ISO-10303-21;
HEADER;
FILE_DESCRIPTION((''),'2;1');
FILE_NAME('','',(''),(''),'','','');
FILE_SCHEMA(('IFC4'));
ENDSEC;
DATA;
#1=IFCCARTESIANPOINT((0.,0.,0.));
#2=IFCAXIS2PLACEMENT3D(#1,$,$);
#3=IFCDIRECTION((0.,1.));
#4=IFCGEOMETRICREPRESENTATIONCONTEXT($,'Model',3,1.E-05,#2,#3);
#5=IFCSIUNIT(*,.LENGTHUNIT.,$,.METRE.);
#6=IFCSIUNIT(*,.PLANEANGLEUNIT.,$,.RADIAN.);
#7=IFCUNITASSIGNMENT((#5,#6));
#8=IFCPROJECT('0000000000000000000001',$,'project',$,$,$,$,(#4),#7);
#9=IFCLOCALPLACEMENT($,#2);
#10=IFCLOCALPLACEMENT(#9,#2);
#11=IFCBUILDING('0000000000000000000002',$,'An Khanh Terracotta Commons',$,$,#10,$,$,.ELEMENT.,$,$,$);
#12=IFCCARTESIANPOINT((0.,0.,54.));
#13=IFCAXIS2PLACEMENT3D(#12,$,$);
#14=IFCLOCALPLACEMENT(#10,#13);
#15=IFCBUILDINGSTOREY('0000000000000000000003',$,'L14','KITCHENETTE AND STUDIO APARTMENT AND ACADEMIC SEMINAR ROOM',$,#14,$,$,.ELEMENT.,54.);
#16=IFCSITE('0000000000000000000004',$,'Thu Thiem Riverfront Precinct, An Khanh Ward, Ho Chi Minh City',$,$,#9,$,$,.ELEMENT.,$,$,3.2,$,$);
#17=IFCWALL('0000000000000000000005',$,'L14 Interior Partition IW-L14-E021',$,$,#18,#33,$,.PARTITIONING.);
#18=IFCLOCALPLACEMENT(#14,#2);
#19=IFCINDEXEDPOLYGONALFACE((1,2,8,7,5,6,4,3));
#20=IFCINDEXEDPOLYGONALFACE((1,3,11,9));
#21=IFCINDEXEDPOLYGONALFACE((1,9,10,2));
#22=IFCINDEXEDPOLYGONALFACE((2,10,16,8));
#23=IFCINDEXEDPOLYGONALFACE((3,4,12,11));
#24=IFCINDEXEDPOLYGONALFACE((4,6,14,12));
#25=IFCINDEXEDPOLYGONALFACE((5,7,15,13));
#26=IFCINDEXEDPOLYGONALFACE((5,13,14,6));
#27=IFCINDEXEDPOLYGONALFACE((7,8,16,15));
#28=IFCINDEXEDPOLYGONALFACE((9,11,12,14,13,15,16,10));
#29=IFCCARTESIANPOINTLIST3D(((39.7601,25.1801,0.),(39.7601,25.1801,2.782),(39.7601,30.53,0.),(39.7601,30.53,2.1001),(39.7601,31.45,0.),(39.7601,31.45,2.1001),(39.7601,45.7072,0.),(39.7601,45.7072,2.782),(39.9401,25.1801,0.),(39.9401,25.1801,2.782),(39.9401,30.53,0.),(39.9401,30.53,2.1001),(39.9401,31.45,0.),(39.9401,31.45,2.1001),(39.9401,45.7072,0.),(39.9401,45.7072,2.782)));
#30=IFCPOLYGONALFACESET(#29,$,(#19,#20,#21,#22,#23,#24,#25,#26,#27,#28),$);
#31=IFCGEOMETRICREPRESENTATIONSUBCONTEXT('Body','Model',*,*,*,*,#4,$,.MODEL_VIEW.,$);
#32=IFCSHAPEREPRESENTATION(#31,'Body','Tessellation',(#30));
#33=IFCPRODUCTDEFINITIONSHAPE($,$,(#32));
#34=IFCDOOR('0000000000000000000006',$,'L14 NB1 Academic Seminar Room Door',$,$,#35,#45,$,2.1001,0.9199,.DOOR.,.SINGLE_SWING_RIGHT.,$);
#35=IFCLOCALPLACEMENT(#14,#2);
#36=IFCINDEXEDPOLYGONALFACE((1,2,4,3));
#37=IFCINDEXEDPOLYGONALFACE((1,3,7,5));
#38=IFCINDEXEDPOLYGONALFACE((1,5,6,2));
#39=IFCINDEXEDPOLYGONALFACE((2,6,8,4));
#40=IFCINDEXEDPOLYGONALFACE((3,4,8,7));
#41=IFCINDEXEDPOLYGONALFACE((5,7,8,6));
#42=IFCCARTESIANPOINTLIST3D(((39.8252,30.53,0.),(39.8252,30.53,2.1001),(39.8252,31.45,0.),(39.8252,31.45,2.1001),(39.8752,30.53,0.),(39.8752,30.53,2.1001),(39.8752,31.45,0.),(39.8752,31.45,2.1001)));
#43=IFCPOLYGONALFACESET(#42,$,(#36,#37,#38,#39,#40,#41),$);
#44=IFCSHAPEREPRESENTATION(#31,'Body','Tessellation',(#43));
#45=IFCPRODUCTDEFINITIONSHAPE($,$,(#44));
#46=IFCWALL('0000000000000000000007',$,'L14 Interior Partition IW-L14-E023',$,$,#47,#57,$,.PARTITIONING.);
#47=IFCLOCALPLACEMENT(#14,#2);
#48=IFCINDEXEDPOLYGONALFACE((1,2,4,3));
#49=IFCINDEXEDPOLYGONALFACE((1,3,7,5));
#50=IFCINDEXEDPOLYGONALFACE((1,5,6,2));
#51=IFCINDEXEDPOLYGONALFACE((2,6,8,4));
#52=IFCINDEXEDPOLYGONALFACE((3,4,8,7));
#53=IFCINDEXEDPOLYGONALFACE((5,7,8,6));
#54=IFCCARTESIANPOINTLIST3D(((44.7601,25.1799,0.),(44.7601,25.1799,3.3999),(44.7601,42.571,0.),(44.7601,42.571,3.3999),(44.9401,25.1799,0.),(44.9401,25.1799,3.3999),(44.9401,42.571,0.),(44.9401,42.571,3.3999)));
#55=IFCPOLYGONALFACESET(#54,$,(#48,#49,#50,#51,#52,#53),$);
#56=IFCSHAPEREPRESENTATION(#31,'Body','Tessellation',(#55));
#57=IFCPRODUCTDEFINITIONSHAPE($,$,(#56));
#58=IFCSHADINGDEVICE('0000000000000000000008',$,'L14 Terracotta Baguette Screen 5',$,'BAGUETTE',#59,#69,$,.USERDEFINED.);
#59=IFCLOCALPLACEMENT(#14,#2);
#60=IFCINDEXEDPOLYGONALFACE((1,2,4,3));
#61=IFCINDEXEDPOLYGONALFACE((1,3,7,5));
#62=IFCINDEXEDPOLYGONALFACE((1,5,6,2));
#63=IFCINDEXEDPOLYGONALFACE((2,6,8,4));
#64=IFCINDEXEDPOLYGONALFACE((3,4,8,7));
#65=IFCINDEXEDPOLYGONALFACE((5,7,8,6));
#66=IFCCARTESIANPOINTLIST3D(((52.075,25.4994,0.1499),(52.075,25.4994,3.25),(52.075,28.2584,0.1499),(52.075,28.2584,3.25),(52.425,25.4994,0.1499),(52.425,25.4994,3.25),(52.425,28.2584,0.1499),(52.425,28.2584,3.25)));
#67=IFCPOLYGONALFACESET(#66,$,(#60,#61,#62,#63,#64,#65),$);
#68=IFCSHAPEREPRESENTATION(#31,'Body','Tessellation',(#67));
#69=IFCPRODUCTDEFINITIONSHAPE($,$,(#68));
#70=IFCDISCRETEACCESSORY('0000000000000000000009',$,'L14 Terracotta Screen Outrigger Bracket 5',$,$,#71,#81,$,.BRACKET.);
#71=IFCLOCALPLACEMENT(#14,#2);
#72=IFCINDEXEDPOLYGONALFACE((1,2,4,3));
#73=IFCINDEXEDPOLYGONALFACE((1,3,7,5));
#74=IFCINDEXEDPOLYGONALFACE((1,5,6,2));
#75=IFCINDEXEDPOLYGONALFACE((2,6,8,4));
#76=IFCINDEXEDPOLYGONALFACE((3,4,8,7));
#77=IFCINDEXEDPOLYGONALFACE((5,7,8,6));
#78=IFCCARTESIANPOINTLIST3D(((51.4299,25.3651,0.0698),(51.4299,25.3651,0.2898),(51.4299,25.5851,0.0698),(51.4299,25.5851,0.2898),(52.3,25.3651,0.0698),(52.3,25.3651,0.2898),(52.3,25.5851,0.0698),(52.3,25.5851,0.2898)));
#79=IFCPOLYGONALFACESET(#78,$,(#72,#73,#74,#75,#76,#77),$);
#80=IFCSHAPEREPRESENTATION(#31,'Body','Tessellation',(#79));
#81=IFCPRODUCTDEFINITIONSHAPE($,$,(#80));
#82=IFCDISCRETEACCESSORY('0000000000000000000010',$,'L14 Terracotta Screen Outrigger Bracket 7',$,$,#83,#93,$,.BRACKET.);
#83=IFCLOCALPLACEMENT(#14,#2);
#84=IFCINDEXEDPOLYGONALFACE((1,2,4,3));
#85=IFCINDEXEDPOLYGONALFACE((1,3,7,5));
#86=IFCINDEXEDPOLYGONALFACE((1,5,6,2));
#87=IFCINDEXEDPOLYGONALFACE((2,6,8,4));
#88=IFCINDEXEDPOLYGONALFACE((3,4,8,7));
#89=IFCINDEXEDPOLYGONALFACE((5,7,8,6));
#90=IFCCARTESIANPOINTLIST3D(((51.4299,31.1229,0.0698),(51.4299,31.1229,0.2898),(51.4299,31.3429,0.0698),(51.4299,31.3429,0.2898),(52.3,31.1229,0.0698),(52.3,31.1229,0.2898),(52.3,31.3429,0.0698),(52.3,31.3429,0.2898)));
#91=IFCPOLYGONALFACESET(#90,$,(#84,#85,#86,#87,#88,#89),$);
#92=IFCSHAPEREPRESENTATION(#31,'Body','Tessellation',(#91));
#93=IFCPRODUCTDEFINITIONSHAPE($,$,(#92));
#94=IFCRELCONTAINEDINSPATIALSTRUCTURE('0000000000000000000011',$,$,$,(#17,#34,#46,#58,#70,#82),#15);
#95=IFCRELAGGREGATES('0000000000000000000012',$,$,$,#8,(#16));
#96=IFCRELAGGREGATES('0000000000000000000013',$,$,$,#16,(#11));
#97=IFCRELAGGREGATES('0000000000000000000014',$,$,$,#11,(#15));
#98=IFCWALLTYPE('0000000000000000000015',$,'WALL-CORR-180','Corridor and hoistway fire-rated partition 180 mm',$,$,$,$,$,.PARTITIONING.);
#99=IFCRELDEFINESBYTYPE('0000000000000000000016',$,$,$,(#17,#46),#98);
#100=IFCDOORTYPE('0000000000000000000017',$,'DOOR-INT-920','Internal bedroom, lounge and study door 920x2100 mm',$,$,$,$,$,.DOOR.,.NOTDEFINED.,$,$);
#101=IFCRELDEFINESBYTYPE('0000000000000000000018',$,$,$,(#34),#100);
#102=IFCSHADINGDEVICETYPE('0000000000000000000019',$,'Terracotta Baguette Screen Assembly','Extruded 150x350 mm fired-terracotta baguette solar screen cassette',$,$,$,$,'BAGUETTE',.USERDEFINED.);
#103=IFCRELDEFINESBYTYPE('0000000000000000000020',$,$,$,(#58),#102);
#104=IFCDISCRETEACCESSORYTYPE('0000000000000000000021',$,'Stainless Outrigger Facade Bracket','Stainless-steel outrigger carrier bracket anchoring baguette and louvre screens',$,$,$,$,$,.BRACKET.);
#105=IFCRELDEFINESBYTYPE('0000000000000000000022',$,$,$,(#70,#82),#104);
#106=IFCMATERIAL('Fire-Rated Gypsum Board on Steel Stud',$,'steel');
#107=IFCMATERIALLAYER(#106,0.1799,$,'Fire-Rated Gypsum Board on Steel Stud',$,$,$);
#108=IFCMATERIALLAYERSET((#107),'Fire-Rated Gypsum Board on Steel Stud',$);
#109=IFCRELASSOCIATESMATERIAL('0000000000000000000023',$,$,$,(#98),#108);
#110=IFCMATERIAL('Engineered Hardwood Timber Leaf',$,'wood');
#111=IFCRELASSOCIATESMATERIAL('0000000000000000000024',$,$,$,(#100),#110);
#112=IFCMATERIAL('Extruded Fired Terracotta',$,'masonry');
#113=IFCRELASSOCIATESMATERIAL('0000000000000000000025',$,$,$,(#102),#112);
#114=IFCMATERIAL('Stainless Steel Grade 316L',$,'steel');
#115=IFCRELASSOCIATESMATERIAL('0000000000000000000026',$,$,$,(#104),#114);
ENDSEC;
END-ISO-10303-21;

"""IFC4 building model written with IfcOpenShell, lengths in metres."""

from ifc_helpers import new_model, si_unit, direction, frame, frame_2d, origin, origin_2d, place, context, subcontext, project, spatial, rectangle, extrude, material, layer, layer_set, type_object, element, fill, save


model = new_model("IFC4")

# Units and contexts
model_context = context("Model", 3, precision=1e-05, world=origin(), true_north=direction((0.0, 1.0)))
body_context = subcontext(model_context, "Body", "Model", "MODEL_VIEW")
ifc_project = project(units=[si_unit("LENGTHUNIT", "METRE"), si_unit("PLANEANGLEUNIT", "RADIAN")], contexts=[model_context])

# Site, building, storey
site_placement = place(None, origin())
site = spatial("IfcSite", under=ifc_project, at=site_placement, Name="Thu Thiem Riverfront Precinct, An Khanh Ward, Ho Chi Minh City", CompositionType="ELEMENT", RefElevation=3.2)
building_placement = place(site_placement, origin())
building = spatial("IfcBuilding", under=site, at=building_placement, Name="An Khanh Terracotta Commons", CompositionType="ELEMENT")
storey_placement = place(building_placement, frame((0.0, 0.0, 54.0)))
storey = spatial("IfcBuildingStorey", under=building, at=storey_placement, Name="L14", Description="KITCHENETTE AND STUDIO APARTMENT AND ACADEMIC SEMINAR ROOM", CompositionType="ELEMENT", Elevation=54.0)

# Shared definitions
ifc_material_1 = material(Name="Fire-Rated Gypsum Board on Steel Stud", Category="steel")
ifc_layer_1 = layer(ifc_material_1, 0.1799, Name="Fire-Rated Gypsum Board on Steel Stud")
ifc_layer_set_1 = layer_set([ifc_layer_1], Name="Fire-Rated Gypsum Board on Steel Stud")
wall_type = type_object("IfcWallType", Name="WALL-CORR-180", Description="Corridor and hoistway fire-rated partition 180 mm", PredefinedType="PARTITIONING", material=ifc_layer_set_1)

# Wall, opening, door
ifc_material_2 = material(Name="Engineered Hardwood Timber Leaf", Category="wood")
door_type = type_object("IfcDoorType", Name="DOOR-INT-920", Description="Internal bedroom, lounge and study door 920x2100 mm", OperationType="NOTDEFINED", PredefinedType="DOOR", material=ifc_material_2)
wall_1_placement = place(storey_placement, frame((39.8501, 25.1799, 0.0), z_axis=(0.0, 0.0, 1.0), x_axis=(0.0, 1.0, 0.0)))
wall_1 = element("IfcWall", 1, at=wall_1_placement, inside=storey, type_object=wall_type, Name="L14 Interior Partition IW-L14-E021", PredefinedType="PARTITIONING", context=body_context, shape_type="SweptSolid", body=[
    extrude(rectangle(XDim=20.5271, YDim=0.1799, at=frame_2d((10.2637, 0.0))), origin(), (0.0, 0.0, 1.0), 2.782),
])
opening_1_placement = place(wall_1_placement, frame((5.3501, 0.0, 0.0)))
opening_1 = element("IfcOpeningElement", 2, at=opening_1_placement, cuts=wall_1, PredefinedType="OPENING", context=body_context, shape_type="SweptSolid", body=[
    extrude(rectangle(XDim=0.9199, YDim=2.1001, at=frame_2d((0.46, 1.05))), frame((0.0, 0.0999, 0.0), z_axis=(0.0, -1.0, 0.0), x_axis=(1.0, 0.0, 0.0)), (0.0, 0.0, 1.0), 0.2),
])
door_1_placement = place(opening_1_placement, origin())
door_1 = element("IfcDoor", 3, at=door_1_placement, inside=storey, type_object=door_type, Name="L14 NB1 Academic Seminar Room Door", OperationType="SINGLE_SWING_RIGHT", OverallHeight=2.1001, OverallWidth=0.9199, PredefinedType="DOOR", context=body_context, shape_type="SweptSolid", body=[
    extrude(rectangle(XDim=0.9199, YDim=2.1001, at=frame_2d((0.46, 1.05))), frame((0.0, 0.0249, 0.0), z_axis=(0.0, -1.0, 0.0), x_axis=(1.0, 0.0, 0.0)), (0.0, 0.0, 1.0), 0.05),
])
fill(opening_1, door_1)

# Wall
wall_2_placement = place(storey_placement, frame((44.8501, 25.1799, 0.0), z_axis=(0.0, 0.0, 1.0), x_axis=(0.0, 1.0, 0.0)))
element("IfcWall", 4, at=wall_2_placement, inside=storey, type_object=wall_type, Name="L14 Interior Partition IW-L14-E023", PredefinedType="PARTITIONING", context=body_context, shape_type="SweptSolid", body=[
    extrude(rectangle(XDim=17.3911, YDim=0.1799, at=frame_2d((8.6956, 0.0))), origin(), (0.0, 0.0, 1.0), 3.3999),
])

# Shading device
ifc_material_3 = material(Name="Extruded Fired Terracotta", Category="masonry")
shading_device_type = type_object("IfcShadingDeviceType", Name="Terracotta Baguette Screen Assembly", Description="Extruded 150x350 mm fired-terracotta baguette solar screen cassette", ElementType="BAGUETTE", PredefinedType="USERDEFINED", material=ifc_material_3)
shading_device_placement = place(storey_placement, frame((52.25, 26.8789, 0.1499), z_axis=(0.0, 0.0, 1.0), x_axis=(0.0, 1.0, 0.0)))
element("IfcShadingDevice", 5, at=shading_device_placement, inside=storey, type_object=shading_device_type, Name="L14 Terracotta Baguette Screen 5", ObjectType="BAGUETTE", PredefinedType="USERDEFINED", context=body_context, shape_type="SweptSolid", body=[
    extrude(rectangle(XDim=2.759, YDim=0.3501, at=origin_2d()), origin(), (0.0, 0.0, 1.0), 3.1001),
])

# Discrete accessories
ifc_material_4 = material(Name="Stainless Steel Grade 316L", Category="steel")
discrete_accessory_type = type_object("IfcDiscreteAccessoryType", Name="Stainless Outrigger Facade Bracket", Description="Stainless-steel outrigger carrier bracket anchoring baguette and louvre screens", PredefinedType="BRACKET", material=ifc_material_4)
for number, where, z_axis, x_axis, name in (
    (6, (51.865, 25.4751, 0.0698), (0.0, 0.0, 1.0), (0.0, 1.0, 0.0), "L14 Terracotta Screen Outrigger Bracket 5"),
    (7, (51.865, 31.2329, 0.0698), (0.0, 0.0, 1.0), (0.0, 1.0, 0.0), "L14 Terracotta Screen Outrigger Bracket 7"),
):
    element("IfcDiscreteAccessory", number, at=place(storey_placement, frame(where, z_axis=z_axis, x_axis=x_axis)), inside=storey, type_object=discrete_accessory_type, Name=name, PredefinedType="BRACKET", context=body_context, shape_type="SweptSolid", body=[
        extrude(rectangle(XDim=0.22, YDim=0.8701, at=origin_2d()), origin(), (0.0, 0.0, 1.0), 0.22),
    ])

save(model, "model.ifc")
